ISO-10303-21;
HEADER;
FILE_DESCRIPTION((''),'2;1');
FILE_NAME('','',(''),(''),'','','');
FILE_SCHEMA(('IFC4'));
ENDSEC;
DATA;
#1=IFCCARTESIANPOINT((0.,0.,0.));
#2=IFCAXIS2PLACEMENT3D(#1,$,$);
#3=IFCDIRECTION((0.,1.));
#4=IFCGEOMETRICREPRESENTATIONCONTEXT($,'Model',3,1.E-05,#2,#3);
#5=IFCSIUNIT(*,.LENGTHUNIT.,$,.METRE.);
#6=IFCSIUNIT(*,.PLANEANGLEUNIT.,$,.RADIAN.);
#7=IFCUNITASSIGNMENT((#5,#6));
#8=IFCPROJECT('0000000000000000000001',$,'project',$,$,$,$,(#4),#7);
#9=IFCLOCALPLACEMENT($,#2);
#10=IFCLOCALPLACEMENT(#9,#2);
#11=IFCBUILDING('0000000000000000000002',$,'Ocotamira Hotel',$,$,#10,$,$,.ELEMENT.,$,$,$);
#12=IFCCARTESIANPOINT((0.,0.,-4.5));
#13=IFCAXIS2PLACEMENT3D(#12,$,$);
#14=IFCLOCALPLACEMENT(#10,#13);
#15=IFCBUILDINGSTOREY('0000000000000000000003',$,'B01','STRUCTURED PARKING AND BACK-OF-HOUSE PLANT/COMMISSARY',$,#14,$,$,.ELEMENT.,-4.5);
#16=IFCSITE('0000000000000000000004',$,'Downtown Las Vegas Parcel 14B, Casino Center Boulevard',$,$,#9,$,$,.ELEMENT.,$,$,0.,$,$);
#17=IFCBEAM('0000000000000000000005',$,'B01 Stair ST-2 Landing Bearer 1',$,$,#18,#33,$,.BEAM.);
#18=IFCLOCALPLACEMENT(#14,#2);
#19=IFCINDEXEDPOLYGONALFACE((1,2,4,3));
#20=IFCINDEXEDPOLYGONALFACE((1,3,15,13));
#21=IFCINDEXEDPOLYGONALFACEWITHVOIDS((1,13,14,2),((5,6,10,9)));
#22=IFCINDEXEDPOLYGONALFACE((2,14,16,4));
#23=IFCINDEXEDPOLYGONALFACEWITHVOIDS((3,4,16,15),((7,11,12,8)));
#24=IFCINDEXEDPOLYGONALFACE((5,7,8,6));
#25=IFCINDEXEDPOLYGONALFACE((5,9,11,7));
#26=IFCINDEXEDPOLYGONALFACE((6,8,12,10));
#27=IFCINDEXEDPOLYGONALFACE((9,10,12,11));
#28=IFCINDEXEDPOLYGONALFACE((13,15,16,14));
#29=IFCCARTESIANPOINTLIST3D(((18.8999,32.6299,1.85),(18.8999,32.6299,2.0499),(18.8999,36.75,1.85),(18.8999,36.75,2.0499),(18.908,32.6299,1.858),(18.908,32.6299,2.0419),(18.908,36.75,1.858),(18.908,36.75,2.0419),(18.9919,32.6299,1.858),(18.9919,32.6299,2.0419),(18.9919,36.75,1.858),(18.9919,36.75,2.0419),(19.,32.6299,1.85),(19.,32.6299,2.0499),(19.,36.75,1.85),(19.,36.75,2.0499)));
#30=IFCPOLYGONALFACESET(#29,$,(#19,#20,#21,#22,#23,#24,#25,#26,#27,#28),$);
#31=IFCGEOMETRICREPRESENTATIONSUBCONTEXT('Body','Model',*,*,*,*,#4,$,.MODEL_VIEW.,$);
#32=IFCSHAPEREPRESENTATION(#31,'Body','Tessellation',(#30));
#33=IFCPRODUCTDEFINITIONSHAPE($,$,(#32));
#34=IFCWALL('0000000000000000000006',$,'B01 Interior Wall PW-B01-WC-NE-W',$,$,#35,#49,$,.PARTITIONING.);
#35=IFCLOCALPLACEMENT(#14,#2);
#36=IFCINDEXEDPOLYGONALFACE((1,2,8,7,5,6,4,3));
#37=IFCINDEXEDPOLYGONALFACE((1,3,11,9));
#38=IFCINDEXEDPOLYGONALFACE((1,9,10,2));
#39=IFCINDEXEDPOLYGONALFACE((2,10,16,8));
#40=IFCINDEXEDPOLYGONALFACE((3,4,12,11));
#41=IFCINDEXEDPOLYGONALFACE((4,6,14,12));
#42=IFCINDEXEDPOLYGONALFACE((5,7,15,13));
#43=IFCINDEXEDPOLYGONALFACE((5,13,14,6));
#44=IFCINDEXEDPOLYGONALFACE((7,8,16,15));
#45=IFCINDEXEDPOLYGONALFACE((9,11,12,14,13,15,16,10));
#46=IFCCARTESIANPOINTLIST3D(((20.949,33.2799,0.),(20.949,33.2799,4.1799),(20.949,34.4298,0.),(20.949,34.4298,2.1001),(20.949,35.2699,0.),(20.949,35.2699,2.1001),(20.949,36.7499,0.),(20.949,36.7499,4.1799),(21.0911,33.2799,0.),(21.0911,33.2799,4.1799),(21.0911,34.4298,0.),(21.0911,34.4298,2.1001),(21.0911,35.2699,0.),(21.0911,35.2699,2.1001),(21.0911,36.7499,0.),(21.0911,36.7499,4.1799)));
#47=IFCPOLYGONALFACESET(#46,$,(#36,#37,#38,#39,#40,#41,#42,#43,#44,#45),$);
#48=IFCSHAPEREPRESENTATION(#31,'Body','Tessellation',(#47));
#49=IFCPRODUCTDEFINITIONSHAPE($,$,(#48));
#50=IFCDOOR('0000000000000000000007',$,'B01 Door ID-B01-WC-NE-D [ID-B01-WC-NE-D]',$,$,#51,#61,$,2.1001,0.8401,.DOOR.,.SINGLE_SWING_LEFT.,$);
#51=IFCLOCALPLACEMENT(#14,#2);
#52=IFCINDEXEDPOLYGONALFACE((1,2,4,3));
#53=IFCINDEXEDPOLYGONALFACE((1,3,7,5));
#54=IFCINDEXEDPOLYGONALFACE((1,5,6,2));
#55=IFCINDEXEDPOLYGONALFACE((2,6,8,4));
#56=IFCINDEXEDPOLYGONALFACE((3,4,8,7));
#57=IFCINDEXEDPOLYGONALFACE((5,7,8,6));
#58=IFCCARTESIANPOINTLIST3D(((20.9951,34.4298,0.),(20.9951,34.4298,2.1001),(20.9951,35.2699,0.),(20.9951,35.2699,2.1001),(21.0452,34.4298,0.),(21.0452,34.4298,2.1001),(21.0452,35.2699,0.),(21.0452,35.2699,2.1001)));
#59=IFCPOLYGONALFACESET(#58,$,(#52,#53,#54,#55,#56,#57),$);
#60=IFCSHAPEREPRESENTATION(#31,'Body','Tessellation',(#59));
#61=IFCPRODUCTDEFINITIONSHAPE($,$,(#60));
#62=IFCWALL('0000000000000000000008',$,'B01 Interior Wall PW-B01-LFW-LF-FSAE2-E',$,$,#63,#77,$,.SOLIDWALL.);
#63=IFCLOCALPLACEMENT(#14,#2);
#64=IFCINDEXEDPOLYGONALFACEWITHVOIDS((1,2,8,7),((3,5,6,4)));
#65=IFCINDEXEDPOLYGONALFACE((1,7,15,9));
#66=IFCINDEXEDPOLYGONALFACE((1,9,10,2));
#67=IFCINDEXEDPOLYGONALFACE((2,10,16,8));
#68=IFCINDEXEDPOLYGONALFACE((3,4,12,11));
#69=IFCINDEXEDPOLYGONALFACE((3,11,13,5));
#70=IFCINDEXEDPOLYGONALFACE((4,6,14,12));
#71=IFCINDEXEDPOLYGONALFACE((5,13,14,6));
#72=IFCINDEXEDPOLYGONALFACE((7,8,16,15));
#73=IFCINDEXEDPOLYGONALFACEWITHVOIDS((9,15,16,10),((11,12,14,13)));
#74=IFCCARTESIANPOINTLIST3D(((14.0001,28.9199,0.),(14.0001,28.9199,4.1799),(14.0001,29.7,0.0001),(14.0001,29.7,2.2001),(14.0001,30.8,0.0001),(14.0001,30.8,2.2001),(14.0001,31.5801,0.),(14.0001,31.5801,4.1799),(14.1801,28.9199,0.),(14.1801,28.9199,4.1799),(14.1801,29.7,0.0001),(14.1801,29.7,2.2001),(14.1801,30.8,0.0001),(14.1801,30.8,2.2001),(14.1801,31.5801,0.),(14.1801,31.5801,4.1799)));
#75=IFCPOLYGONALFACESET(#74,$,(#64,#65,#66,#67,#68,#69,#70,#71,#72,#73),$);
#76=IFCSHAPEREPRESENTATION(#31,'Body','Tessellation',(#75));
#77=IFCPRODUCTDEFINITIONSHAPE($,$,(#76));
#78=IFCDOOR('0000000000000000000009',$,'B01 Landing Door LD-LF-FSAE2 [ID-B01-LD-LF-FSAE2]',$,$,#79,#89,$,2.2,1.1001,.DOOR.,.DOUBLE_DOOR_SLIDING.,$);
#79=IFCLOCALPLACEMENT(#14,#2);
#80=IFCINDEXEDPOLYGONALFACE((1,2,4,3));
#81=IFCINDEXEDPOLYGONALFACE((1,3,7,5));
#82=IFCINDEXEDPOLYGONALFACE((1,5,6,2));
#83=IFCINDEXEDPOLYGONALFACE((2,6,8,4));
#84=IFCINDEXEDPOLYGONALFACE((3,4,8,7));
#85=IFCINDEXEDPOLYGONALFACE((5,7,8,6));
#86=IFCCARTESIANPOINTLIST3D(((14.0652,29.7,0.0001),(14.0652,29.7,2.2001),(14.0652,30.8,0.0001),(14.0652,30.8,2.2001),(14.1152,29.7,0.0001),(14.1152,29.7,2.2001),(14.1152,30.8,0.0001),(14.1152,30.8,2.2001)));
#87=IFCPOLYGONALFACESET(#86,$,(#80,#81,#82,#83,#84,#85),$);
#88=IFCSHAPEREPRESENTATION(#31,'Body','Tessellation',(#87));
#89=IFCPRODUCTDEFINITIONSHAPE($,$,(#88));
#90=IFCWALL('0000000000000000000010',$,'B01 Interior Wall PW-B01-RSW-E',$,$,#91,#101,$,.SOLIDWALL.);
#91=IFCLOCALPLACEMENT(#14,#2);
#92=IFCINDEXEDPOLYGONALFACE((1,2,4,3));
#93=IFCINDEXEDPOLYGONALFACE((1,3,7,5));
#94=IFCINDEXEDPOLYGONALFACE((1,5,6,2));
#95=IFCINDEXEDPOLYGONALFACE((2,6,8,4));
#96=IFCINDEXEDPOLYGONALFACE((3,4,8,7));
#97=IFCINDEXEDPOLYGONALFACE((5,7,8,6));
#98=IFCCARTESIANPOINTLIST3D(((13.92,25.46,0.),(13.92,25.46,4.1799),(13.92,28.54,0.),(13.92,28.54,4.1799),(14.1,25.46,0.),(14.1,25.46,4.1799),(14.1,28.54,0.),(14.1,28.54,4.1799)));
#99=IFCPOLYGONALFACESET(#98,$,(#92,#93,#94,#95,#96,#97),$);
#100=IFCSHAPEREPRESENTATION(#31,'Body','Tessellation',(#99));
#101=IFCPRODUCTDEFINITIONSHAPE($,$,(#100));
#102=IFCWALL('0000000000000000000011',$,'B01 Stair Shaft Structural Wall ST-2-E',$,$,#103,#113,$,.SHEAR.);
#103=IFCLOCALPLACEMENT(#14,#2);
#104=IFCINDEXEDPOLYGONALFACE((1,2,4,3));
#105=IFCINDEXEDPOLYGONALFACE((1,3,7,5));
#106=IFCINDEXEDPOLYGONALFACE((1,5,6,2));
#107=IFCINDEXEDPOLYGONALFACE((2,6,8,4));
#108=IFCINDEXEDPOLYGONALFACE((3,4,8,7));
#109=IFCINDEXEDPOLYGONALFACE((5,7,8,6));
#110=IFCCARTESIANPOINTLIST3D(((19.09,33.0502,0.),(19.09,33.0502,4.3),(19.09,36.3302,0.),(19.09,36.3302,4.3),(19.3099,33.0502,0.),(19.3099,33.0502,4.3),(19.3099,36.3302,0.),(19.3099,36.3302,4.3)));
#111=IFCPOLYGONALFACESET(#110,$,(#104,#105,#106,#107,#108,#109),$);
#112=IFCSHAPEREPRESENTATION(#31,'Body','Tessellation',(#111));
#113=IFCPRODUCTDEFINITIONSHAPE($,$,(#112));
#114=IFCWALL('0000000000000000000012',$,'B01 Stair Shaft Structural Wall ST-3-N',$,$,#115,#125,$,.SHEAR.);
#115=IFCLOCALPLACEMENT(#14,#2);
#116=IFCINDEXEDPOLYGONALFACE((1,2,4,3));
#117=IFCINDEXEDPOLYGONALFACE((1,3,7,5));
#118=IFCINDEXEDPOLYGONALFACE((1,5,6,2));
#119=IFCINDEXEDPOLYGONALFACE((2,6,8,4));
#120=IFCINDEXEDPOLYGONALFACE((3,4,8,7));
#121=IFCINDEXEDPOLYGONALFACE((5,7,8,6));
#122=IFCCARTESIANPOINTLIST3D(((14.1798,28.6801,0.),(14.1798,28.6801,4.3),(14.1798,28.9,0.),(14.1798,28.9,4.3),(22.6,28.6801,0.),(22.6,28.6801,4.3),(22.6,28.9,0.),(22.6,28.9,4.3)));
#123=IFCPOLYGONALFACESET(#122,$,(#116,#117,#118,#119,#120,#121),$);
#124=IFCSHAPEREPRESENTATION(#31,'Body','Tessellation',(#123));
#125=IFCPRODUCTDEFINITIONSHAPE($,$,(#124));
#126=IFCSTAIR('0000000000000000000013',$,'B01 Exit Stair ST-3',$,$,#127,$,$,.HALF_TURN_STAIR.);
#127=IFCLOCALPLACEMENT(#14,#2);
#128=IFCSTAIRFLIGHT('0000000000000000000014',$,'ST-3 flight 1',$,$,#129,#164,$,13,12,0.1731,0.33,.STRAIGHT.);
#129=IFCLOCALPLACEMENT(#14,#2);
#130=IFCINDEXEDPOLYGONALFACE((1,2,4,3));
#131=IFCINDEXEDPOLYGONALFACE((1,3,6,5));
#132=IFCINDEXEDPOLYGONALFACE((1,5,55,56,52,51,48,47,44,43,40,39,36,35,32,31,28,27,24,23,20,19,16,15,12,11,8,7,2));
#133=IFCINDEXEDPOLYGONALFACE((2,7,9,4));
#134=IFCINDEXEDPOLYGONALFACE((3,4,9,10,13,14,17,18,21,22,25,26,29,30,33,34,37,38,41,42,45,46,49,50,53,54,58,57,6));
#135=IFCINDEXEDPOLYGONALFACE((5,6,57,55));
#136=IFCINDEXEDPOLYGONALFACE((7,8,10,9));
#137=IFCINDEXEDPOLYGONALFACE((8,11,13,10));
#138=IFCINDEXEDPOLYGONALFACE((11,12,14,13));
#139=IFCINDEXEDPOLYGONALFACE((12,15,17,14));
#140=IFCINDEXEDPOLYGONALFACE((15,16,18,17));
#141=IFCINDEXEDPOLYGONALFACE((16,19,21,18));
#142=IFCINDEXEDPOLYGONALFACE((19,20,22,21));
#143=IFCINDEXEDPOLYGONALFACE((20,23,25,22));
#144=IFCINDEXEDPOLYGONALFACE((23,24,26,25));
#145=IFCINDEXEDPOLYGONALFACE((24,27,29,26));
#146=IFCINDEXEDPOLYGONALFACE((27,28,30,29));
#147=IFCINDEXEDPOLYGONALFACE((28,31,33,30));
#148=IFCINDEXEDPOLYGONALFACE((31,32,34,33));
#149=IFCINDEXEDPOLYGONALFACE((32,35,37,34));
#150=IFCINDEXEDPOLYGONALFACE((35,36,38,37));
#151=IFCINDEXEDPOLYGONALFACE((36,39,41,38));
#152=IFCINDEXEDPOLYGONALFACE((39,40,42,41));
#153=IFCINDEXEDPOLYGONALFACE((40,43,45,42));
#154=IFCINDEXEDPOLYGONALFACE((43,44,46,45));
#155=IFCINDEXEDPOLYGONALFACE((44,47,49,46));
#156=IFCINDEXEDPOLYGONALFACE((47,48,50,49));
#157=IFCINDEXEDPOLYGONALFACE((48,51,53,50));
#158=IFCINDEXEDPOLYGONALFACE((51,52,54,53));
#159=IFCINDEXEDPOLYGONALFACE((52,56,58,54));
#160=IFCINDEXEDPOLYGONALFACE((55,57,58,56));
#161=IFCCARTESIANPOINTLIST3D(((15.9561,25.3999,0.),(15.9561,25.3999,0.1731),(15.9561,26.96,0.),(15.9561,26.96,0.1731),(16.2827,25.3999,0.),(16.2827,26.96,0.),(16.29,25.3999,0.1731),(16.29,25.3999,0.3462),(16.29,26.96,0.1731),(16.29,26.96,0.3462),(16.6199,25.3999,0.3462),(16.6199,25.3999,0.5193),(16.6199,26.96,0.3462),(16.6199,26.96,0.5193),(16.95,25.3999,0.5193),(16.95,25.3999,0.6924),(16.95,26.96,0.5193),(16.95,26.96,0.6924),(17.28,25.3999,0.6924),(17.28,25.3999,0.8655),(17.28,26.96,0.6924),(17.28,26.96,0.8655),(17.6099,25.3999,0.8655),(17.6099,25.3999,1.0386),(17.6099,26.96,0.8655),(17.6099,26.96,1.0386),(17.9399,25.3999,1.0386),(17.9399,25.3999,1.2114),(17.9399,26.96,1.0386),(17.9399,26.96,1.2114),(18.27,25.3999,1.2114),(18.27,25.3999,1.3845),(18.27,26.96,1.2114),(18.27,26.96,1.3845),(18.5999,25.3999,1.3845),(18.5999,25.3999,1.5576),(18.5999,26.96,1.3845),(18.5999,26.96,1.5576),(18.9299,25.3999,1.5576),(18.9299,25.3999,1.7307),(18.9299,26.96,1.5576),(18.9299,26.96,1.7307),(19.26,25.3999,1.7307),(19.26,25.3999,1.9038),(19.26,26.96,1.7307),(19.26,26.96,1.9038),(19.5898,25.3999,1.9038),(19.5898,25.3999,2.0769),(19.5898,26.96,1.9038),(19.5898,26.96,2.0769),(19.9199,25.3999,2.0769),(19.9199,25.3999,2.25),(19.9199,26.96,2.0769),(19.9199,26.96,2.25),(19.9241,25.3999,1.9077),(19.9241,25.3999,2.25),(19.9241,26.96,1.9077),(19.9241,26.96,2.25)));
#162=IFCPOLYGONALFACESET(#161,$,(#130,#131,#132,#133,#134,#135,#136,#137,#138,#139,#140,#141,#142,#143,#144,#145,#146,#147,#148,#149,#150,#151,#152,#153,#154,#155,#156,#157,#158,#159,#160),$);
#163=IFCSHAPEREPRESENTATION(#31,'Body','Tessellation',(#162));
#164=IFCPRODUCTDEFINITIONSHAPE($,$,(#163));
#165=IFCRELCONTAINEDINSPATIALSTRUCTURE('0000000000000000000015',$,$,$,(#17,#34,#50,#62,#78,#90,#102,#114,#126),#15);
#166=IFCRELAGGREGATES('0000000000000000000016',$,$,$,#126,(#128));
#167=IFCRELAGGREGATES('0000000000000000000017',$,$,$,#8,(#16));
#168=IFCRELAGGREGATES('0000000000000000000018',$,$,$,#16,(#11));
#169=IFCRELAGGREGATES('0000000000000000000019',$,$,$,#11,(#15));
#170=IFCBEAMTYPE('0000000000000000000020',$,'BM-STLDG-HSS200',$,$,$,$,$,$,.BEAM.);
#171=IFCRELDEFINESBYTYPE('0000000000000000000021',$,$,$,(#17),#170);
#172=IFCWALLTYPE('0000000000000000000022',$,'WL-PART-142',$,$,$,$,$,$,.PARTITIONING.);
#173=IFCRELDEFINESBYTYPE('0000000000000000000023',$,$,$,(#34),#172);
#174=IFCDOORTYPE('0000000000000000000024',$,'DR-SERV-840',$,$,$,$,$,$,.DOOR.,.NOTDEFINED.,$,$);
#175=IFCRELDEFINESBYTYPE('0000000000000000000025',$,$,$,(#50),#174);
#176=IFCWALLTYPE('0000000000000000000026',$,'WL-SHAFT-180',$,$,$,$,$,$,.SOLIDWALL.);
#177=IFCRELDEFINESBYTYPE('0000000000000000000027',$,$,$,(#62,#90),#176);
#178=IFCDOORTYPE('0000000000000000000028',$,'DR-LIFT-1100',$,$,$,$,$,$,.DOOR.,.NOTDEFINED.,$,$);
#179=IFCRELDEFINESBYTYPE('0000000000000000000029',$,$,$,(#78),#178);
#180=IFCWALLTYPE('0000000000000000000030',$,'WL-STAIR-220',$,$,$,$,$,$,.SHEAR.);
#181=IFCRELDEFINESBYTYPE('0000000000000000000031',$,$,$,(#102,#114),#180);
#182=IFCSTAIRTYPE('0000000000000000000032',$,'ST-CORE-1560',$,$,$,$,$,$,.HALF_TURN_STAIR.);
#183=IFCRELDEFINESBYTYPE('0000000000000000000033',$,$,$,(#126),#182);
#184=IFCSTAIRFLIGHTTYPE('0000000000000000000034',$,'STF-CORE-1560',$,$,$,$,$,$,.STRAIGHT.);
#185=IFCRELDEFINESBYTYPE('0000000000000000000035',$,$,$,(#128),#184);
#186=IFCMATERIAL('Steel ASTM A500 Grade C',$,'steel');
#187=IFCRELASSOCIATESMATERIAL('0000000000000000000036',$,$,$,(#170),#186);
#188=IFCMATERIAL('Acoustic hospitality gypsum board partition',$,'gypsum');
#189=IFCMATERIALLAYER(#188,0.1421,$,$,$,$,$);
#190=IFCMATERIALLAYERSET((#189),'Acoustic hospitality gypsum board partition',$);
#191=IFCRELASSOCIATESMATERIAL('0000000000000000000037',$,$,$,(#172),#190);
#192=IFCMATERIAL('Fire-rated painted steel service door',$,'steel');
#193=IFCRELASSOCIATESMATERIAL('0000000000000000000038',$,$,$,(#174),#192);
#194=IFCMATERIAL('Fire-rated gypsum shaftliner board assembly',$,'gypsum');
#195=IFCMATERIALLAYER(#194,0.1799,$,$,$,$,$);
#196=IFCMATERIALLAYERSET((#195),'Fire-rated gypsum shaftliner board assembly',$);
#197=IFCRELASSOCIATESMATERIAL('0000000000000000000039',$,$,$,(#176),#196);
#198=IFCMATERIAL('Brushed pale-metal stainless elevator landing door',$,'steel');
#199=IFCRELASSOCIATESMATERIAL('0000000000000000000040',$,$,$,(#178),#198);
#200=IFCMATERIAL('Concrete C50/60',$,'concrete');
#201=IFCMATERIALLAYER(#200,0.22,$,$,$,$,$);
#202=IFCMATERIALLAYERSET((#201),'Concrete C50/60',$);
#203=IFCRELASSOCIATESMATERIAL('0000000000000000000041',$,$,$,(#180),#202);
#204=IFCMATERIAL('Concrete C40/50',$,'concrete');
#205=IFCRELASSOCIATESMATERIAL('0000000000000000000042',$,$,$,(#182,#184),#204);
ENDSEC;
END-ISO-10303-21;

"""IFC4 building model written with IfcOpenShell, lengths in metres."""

from ifc_helpers import new_model, si_unit, direction, frame, frame_2d, origin, origin_2d, place, context, subcontext, project, spatial, polyline, rectangle, hollow_rectangle, outline, extrude, source, transform, mapped, material, layer, layer_set, material_profile, profile_set, type_object, element, fill, aggregate, save


model = new_model("IFC4")

# Units and contexts
model_context = context("Model", 3, precision=1e-05, world=origin(), true_north=direction((0.0, 1.0)))
body_context = subcontext(model_context, "Body", "Model", "MODEL_VIEW")
ifc_project = project(units=[si_unit("LENGTHUNIT", "METRE"), si_unit("PLANEANGLEUNIT", "RADIAN")], contexts=[model_context])

# Site, building, storey
site_placement = place(None, origin())
site = spatial("IfcSite", under=ifc_project, at=site_placement, Name="Downtown Las Vegas Parcel 14B, Casino Center Boulevard", CompositionType="ELEMENT", RefElevation=0.0)
building_placement = place(site_placement, origin())
building = spatial("IfcBuilding", under=site, at=building_placement, Name="Ocotamira Hotel", CompositionType="ELEMENT")
storey_placement = place(building_placement, frame((0.0, 0.0, -4.5)))
storey = spatial("IfcBuildingStorey", under=building, at=storey_placement, Name="B01", Description="STRUCTURED PARKING AND BACK-OF-HOUSE PLANT/COMMISSARY", CompositionType="ELEMENT", Elevation=-4.5)

# Beam
ifc_material_1 = material(Name="Steel ASTM A500 Grade C", Category="steel")
ifc_material_profile = material_profile(ifc_material_1, hollow_rectangle(XDim=0.1001, YDim=0.2, WallThickness=0.0081, at=origin_2d()), Name="HSS200X100X8")
ifc_profile_set = profile_set([ifc_material_profile], Name="Steel ASTM A500 Grade C")
beam_type = type_object("IfcBeamType", Name="BM-STLDG-HSS200", PredefinedType="BEAM", material=ifc_profile_set)
shared_shape_1 = source(origin(), body_context, "Body", "SweptSolid", [
    extrude(hollow_rectangle(XDim=0.1001, YDim=0.2, WallThickness=0.0081, at=origin_2d()), origin(), (0.0, 0.0, 1.0), 4.1201),
])
beam_placement = place(storey_placement, frame((18.95, 32.6299, 1.95), z_axis=(0.0, 1.0, 0.0), x_axis=(-1.0, 0.0, 0.0)))
element("IfcBeam", 1, at=beam_placement, inside=storey, type_object=beam_type, Name="B01 Stair ST-2 Landing Bearer 1", PredefinedType="BEAM", context=body_context, shape_type="MappedRepresentation", body=[
    mapped(shared_shape_1, transform((0.0, 0.0, 0.0), scale=1.0)),
])

# Walls, openings, doors
ifc_material_2 = material(Name="Acoustic hospitality gypsum board partition", Category="gypsum")
ifc_layer_1 = layer(ifc_material_2, 0.1421)
ifc_layer_set_1 = layer_set([ifc_layer_1], Name="Acoustic hospitality gypsum board partition")
wall_type_1 = type_object("IfcWallType", Name="WL-PART-142", PredefinedType="PARTITIONING", material=ifc_layer_set_1)
wall_1_placement = place(storey_placement, frame((21.02, 33.28, 0.0), z_axis=(0.0, 0.0, 1.0), x_axis=(0.0, 1.0, 0.0)))
wall_1 = element("IfcWall", 2, at=wall_1_placement, inside=storey, type_object=wall_type_1, Name="B01 Interior Wall PW-B01-WC-NE-W", PredefinedType="PARTITIONING", context=body_context, shape_type="SweptSolid", body=[
    extrude(rectangle(XDim=3.47, YDim=0.1421, at=frame_2d((1.7349, 0.0))), origin(), (0.0, 0.0, 1.0), 4.1799),
])
opening_1_placement = place(wall_1_placement, frame((1.1499, 0.0, 0.0)))
opening_1 = element("IfcOpeningElement", 3, at=opening_1_placement, cuts=wall_1, PredefinedType="OPENING", context=body_context, shape_type="SweptSolid", body=[
    extrude(rectangle(XDim=0.8401, YDim=2.1001, at=frame_2d((0.4199, 1.05))), frame((0.0, 0.0811, 0.0), z_axis=(0.0, -1.0, 0.0), x_axis=(1.0, 0.0, 0.0)), (0.0, 0.0, 1.0), 0.1621),
])
ifc_material_3 = material(Name="Fire-rated painted steel service door", Category="steel")
door_type_1 = type_object("IfcDoorType", Name="DR-SERV-840", OperationType="NOTDEFINED", PredefinedType="DOOR", material=ifc_material_3)
shared_shape_2 = source(origin(), body_context, "Body", "SweptSolid", [
    extrude(rectangle(XDim=0.8401, YDim=2.1001, at=frame_2d((0.4199, 1.05))), frame((0.0, 0.0249, 0.0), z_axis=(0.0, -1.0, 0.0), x_axis=(1.0, 0.0, 0.0)), (0.0, 0.0, 1.0), 0.05),
])
door_1_placement = place(opening_1_placement, origin())
door_1 = element("IfcDoor", 4, at=door_1_placement, inside=storey, type_object=door_type_1, Name="B01 Door ID-B01-WC-NE-D [ID-B01-WC-NE-D]", OperationType="SINGLE_SWING_LEFT", OverallHeight=2.1001, OverallWidth=0.8401, PredefinedType="DOOR", context=body_context, shape_type="MappedRepresentation", body=[
    mapped(shared_shape_2, transform((0.0, 0.0, 0.0), scale=1.0)),
])
fill(opening_1, door_1)
ifc_material_4 = material(Name="Fire-rated gypsum shaftliner board assembly", Category="gypsum")
ifc_layer_2 = layer(ifc_material_4, 0.1799)
ifc_layer_set_2 = layer_set([ifc_layer_2], Name="Fire-rated gypsum shaftliner board assembly")
wall_type_2 = type_object("IfcWallType", Name="WL-SHAFT-180", PredefinedType="SOLIDWALL", material=ifc_layer_set_2)
wall_2_placement = place(storey_placement, frame((14.0901, 28.9199, 0.0), z_axis=(0.0, 0.0, 1.0), x_axis=(0.0, 1.0, 0.0)))
wall_2 = element("IfcWall", 5, at=wall_2_placement, inside=storey, type_object=wall_type_2, Name="B01 Interior Wall PW-B01-LFW-LF-FSAE2-E", PredefinedType="SOLIDWALL", context=body_context, shape_type="SweptSolid", body=[
    extrude(rectangle(XDim=2.6602, YDim=0.1799, at=frame_2d((1.3301, 0.0))), origin(), (0.0, 0.0, 1.0), 4.1799),
])
opening_2_placement = place(wall_2_placement, frame((0.78, 0.0, 0.0)))
opening_2 = element("IfcOpeningElement", 6, at=opening_2_placement, cuts=wall_2, PredefinedType="OPENING", context=body_context, shape_type="SweptSolid", body=[
    extrude(rectangle(XDim=1.1001, YDim=2.2, at=frame_2d((0.55, 1.1001))), frame((0.0, 0.1001, 0.0), z_axis=(0.0, -1.0, 0.0), x_axis=(1.0, 0.0, 0.0)), (0.0, 0.0, 1.0), 0.2),
])
ifc_material_5 = material(Name="Brushed pale-metal stainless elevator landing door", Category="steel")
door_type_2 = type_object("IfcDoorType", Name="DR-LIFT-1100", OperationType="NOTDEFINED", PredefinedType="DOOR", material=ifc_material_5)
shared_shape_3 = source(origin(), body_context, "Body", "SweptSolid", [
    extrude(rectangle(XDim=1.1001, YDim=2.2, at=frame_2d((0.55, 1.1001))), frame((0.0, 0.0249, 0.0), z_axis=(0.0, -1.0, 0.0), x_axis=(1.0, 0.0, 0.0)), (0.0, 0.0, 1.0), 0.05),
])
door_2_placement = place(opening_2_placement, origin())
door_2 = element("IfcDoor", 7, at=door_2_placement, inside=storey, type_object=door_type_2, Name="B01 Landing Door LD-LF-FSAE2 [ID-B01-LD-LF-FSAE2]", OperationType="DOUBLE_DOOR_SLIDING", OverallHeight=2.2, OverallWidth=1.1001, PredefinedType="DOOR", context=body_context, shape_type="MappedRepresentation", body=[
    mapped(shared_shape_3, transform((0.0, 0.0, 0.0), scale=1.0)),
])
fill(opening_2, door_2)

# Walls
wall_3_placement = place(storey_placement, frame((14.01, 25.46, 0.0), z_axis=(0.0, 0.0, 1.0), x_axis=(0.0, 1.0, 0.0)))
element("IfcWall", 8, at=wall_3_placement, inside=storey, type_object=wall_type_2, Name="B01 Interior Wall PW-B01-RSW-E", PredefinedType="SOLIDWALL", context=body_context, shape_type="SweptSolid", body=[
    extrude(rectangle(XDim=3.0801, YDim=0.1799, at=frame_2d((1.54, 0.0))), origin(), (0.0, 0.0, 1.0), 4.1799),
])
ifc_material_6 = material(Name="Concrete C50/60", Category="concrete")
ifc_layer_3 = layer(ifc_material_6, 0.22)
ifc_layer_set_3 = layer_set([ifc_layer_3], Name="Concrete C50/60")
wall_type_3 = type_object("IfcWallType", Name="WL-STAIR-220", PredefinedType="SHEAR", material=ifc_layer_set_3)
wall_4_placement = place(storey_placement, frame((19.2, 33.05, 0.0), z_axis=(0.0, 0.0, 1.0), x_axis=(0.0, 1.0, 0.0)))
element("IfcWall", 9, at=wall_4_placement, inside=storey, type_object=wall_type_3, Name="B01 Stair Shaft Structural Wall ST-2-E", PredefinedType="SHEAR", context=body_context, shape_type="SweptSolid", body=[
    extrude(rectangle(XDim=3.28, YDim=0.22, at=frame_2d((1.6401, 0.0))), origin(), (0.0, 0.0, 1.0), 4.3),
])
wall_5_placement = place(storey_placement, frame((14.1799, 28.79, 0.0), z_axis=(0.0, 0.0, 1.0), x_axis=(1.0, 0.0, 0.0)))
element("IfcWall", 10, at=wall_5_placement, inside=storey, type_object=wall_type_3, Name="B01 Stair Shaft Structural Wall ST-3-N", PredefinedType="SHEAR", context=body_context, shape_type="SweptSolid", body=[
    extrude(rectangle(XDim=8.4202, YDim=0.22, at=frame_2d((4.21, 0.0))), origin(), (0.0, 0.0, 1.0), 4.3),
])

# Stair, stair flight
ifc_material_7 = material(Name="Concrete C40/50", Category="concrete")
stair_type = type_object("IfcStairType", Name="ST-CORE-1560", PredefinedType="HALF_TURN_STAIR", material=ifc_material_7)
stair_placement = place(storey_placement, origin())
stair = element("IfcStair", 11, at=stair_placement, inside=storey, type_object=stair_type, Name="B01 Exit Stair ST-3", PredefinedType="HALF_TURN_STAIR")
stair_flight_type = type_object("IfcStairFlightType", Name="STF-CORE-1560", PredefinedType="STRAIGHT", material=ifc_material_7)
shared_shape_4 = source(origin(), body_context, "Body", "SweptSolid", [
    extrude(outline(polyline([(-0.0039, 0.0), (-0.0039, 0.1731), (0.3301, 0.1731), (0.3301, 0.3462), (0.6599, 0.3462), (0.6599, 0.5193), (0.99, 0.5193), (0.99, 0.6924), (1.3201, 0.6924), (1.3201, 0.8655), (1.6499, 0.8655), (1.6499, 1.0386), (1.98, 1.0386), (1.98, 1.2114), (2.3101, 1.2114), (2.3101, 1.3845), (2.6399, 1.3845), (2.6399, 1.5576), (2.97, 1.5576), (2.97, 1.7307), (3.3, 1.7307), (3.3, 1.9038), (3.6299, 1.9038), (3.6299, 2.0769), (3.96, 2.0769), (3.96, 2.25), (3.9641, 2.25), (3.9641, 1.9077), (0.3228, 0.0), (-0.0039, 0.0)])), frame((0.0, 0.78, 0.0), z_axis=(0.0, -1.0, 0.0), x_axis=(1.0, 0.0, 0.0)), (0.0, 0.0, 1.0), 1.5601),
])
stair_flight_1_placement = place(storey_placement, frame((15.96, 26.1799, 0.0), z_axis=(0.0, 0.0, 1.0), x_axis=(1.0, 0.0, 0.0)))
stair_flight_1 = element("IfcStairFlight", 12, at=stair_flight_1_placement, type_object=stair_flight_type, Name="ST-3 flight 1", NumberOfRisers=13, NumberOfTreads=12, PredefinedType="STRAIGHT", RiserHeight=0.1731, TreadLength=0.33, context=body_context, shape_type="MappedRepresentation", body=[
    mapped(shared_shape_4, transform((0.0, 0.0, 0.0), scale=1.0)),
])
aggregate(stair, [stair_flight_1])

save(model, "model.ifc")
